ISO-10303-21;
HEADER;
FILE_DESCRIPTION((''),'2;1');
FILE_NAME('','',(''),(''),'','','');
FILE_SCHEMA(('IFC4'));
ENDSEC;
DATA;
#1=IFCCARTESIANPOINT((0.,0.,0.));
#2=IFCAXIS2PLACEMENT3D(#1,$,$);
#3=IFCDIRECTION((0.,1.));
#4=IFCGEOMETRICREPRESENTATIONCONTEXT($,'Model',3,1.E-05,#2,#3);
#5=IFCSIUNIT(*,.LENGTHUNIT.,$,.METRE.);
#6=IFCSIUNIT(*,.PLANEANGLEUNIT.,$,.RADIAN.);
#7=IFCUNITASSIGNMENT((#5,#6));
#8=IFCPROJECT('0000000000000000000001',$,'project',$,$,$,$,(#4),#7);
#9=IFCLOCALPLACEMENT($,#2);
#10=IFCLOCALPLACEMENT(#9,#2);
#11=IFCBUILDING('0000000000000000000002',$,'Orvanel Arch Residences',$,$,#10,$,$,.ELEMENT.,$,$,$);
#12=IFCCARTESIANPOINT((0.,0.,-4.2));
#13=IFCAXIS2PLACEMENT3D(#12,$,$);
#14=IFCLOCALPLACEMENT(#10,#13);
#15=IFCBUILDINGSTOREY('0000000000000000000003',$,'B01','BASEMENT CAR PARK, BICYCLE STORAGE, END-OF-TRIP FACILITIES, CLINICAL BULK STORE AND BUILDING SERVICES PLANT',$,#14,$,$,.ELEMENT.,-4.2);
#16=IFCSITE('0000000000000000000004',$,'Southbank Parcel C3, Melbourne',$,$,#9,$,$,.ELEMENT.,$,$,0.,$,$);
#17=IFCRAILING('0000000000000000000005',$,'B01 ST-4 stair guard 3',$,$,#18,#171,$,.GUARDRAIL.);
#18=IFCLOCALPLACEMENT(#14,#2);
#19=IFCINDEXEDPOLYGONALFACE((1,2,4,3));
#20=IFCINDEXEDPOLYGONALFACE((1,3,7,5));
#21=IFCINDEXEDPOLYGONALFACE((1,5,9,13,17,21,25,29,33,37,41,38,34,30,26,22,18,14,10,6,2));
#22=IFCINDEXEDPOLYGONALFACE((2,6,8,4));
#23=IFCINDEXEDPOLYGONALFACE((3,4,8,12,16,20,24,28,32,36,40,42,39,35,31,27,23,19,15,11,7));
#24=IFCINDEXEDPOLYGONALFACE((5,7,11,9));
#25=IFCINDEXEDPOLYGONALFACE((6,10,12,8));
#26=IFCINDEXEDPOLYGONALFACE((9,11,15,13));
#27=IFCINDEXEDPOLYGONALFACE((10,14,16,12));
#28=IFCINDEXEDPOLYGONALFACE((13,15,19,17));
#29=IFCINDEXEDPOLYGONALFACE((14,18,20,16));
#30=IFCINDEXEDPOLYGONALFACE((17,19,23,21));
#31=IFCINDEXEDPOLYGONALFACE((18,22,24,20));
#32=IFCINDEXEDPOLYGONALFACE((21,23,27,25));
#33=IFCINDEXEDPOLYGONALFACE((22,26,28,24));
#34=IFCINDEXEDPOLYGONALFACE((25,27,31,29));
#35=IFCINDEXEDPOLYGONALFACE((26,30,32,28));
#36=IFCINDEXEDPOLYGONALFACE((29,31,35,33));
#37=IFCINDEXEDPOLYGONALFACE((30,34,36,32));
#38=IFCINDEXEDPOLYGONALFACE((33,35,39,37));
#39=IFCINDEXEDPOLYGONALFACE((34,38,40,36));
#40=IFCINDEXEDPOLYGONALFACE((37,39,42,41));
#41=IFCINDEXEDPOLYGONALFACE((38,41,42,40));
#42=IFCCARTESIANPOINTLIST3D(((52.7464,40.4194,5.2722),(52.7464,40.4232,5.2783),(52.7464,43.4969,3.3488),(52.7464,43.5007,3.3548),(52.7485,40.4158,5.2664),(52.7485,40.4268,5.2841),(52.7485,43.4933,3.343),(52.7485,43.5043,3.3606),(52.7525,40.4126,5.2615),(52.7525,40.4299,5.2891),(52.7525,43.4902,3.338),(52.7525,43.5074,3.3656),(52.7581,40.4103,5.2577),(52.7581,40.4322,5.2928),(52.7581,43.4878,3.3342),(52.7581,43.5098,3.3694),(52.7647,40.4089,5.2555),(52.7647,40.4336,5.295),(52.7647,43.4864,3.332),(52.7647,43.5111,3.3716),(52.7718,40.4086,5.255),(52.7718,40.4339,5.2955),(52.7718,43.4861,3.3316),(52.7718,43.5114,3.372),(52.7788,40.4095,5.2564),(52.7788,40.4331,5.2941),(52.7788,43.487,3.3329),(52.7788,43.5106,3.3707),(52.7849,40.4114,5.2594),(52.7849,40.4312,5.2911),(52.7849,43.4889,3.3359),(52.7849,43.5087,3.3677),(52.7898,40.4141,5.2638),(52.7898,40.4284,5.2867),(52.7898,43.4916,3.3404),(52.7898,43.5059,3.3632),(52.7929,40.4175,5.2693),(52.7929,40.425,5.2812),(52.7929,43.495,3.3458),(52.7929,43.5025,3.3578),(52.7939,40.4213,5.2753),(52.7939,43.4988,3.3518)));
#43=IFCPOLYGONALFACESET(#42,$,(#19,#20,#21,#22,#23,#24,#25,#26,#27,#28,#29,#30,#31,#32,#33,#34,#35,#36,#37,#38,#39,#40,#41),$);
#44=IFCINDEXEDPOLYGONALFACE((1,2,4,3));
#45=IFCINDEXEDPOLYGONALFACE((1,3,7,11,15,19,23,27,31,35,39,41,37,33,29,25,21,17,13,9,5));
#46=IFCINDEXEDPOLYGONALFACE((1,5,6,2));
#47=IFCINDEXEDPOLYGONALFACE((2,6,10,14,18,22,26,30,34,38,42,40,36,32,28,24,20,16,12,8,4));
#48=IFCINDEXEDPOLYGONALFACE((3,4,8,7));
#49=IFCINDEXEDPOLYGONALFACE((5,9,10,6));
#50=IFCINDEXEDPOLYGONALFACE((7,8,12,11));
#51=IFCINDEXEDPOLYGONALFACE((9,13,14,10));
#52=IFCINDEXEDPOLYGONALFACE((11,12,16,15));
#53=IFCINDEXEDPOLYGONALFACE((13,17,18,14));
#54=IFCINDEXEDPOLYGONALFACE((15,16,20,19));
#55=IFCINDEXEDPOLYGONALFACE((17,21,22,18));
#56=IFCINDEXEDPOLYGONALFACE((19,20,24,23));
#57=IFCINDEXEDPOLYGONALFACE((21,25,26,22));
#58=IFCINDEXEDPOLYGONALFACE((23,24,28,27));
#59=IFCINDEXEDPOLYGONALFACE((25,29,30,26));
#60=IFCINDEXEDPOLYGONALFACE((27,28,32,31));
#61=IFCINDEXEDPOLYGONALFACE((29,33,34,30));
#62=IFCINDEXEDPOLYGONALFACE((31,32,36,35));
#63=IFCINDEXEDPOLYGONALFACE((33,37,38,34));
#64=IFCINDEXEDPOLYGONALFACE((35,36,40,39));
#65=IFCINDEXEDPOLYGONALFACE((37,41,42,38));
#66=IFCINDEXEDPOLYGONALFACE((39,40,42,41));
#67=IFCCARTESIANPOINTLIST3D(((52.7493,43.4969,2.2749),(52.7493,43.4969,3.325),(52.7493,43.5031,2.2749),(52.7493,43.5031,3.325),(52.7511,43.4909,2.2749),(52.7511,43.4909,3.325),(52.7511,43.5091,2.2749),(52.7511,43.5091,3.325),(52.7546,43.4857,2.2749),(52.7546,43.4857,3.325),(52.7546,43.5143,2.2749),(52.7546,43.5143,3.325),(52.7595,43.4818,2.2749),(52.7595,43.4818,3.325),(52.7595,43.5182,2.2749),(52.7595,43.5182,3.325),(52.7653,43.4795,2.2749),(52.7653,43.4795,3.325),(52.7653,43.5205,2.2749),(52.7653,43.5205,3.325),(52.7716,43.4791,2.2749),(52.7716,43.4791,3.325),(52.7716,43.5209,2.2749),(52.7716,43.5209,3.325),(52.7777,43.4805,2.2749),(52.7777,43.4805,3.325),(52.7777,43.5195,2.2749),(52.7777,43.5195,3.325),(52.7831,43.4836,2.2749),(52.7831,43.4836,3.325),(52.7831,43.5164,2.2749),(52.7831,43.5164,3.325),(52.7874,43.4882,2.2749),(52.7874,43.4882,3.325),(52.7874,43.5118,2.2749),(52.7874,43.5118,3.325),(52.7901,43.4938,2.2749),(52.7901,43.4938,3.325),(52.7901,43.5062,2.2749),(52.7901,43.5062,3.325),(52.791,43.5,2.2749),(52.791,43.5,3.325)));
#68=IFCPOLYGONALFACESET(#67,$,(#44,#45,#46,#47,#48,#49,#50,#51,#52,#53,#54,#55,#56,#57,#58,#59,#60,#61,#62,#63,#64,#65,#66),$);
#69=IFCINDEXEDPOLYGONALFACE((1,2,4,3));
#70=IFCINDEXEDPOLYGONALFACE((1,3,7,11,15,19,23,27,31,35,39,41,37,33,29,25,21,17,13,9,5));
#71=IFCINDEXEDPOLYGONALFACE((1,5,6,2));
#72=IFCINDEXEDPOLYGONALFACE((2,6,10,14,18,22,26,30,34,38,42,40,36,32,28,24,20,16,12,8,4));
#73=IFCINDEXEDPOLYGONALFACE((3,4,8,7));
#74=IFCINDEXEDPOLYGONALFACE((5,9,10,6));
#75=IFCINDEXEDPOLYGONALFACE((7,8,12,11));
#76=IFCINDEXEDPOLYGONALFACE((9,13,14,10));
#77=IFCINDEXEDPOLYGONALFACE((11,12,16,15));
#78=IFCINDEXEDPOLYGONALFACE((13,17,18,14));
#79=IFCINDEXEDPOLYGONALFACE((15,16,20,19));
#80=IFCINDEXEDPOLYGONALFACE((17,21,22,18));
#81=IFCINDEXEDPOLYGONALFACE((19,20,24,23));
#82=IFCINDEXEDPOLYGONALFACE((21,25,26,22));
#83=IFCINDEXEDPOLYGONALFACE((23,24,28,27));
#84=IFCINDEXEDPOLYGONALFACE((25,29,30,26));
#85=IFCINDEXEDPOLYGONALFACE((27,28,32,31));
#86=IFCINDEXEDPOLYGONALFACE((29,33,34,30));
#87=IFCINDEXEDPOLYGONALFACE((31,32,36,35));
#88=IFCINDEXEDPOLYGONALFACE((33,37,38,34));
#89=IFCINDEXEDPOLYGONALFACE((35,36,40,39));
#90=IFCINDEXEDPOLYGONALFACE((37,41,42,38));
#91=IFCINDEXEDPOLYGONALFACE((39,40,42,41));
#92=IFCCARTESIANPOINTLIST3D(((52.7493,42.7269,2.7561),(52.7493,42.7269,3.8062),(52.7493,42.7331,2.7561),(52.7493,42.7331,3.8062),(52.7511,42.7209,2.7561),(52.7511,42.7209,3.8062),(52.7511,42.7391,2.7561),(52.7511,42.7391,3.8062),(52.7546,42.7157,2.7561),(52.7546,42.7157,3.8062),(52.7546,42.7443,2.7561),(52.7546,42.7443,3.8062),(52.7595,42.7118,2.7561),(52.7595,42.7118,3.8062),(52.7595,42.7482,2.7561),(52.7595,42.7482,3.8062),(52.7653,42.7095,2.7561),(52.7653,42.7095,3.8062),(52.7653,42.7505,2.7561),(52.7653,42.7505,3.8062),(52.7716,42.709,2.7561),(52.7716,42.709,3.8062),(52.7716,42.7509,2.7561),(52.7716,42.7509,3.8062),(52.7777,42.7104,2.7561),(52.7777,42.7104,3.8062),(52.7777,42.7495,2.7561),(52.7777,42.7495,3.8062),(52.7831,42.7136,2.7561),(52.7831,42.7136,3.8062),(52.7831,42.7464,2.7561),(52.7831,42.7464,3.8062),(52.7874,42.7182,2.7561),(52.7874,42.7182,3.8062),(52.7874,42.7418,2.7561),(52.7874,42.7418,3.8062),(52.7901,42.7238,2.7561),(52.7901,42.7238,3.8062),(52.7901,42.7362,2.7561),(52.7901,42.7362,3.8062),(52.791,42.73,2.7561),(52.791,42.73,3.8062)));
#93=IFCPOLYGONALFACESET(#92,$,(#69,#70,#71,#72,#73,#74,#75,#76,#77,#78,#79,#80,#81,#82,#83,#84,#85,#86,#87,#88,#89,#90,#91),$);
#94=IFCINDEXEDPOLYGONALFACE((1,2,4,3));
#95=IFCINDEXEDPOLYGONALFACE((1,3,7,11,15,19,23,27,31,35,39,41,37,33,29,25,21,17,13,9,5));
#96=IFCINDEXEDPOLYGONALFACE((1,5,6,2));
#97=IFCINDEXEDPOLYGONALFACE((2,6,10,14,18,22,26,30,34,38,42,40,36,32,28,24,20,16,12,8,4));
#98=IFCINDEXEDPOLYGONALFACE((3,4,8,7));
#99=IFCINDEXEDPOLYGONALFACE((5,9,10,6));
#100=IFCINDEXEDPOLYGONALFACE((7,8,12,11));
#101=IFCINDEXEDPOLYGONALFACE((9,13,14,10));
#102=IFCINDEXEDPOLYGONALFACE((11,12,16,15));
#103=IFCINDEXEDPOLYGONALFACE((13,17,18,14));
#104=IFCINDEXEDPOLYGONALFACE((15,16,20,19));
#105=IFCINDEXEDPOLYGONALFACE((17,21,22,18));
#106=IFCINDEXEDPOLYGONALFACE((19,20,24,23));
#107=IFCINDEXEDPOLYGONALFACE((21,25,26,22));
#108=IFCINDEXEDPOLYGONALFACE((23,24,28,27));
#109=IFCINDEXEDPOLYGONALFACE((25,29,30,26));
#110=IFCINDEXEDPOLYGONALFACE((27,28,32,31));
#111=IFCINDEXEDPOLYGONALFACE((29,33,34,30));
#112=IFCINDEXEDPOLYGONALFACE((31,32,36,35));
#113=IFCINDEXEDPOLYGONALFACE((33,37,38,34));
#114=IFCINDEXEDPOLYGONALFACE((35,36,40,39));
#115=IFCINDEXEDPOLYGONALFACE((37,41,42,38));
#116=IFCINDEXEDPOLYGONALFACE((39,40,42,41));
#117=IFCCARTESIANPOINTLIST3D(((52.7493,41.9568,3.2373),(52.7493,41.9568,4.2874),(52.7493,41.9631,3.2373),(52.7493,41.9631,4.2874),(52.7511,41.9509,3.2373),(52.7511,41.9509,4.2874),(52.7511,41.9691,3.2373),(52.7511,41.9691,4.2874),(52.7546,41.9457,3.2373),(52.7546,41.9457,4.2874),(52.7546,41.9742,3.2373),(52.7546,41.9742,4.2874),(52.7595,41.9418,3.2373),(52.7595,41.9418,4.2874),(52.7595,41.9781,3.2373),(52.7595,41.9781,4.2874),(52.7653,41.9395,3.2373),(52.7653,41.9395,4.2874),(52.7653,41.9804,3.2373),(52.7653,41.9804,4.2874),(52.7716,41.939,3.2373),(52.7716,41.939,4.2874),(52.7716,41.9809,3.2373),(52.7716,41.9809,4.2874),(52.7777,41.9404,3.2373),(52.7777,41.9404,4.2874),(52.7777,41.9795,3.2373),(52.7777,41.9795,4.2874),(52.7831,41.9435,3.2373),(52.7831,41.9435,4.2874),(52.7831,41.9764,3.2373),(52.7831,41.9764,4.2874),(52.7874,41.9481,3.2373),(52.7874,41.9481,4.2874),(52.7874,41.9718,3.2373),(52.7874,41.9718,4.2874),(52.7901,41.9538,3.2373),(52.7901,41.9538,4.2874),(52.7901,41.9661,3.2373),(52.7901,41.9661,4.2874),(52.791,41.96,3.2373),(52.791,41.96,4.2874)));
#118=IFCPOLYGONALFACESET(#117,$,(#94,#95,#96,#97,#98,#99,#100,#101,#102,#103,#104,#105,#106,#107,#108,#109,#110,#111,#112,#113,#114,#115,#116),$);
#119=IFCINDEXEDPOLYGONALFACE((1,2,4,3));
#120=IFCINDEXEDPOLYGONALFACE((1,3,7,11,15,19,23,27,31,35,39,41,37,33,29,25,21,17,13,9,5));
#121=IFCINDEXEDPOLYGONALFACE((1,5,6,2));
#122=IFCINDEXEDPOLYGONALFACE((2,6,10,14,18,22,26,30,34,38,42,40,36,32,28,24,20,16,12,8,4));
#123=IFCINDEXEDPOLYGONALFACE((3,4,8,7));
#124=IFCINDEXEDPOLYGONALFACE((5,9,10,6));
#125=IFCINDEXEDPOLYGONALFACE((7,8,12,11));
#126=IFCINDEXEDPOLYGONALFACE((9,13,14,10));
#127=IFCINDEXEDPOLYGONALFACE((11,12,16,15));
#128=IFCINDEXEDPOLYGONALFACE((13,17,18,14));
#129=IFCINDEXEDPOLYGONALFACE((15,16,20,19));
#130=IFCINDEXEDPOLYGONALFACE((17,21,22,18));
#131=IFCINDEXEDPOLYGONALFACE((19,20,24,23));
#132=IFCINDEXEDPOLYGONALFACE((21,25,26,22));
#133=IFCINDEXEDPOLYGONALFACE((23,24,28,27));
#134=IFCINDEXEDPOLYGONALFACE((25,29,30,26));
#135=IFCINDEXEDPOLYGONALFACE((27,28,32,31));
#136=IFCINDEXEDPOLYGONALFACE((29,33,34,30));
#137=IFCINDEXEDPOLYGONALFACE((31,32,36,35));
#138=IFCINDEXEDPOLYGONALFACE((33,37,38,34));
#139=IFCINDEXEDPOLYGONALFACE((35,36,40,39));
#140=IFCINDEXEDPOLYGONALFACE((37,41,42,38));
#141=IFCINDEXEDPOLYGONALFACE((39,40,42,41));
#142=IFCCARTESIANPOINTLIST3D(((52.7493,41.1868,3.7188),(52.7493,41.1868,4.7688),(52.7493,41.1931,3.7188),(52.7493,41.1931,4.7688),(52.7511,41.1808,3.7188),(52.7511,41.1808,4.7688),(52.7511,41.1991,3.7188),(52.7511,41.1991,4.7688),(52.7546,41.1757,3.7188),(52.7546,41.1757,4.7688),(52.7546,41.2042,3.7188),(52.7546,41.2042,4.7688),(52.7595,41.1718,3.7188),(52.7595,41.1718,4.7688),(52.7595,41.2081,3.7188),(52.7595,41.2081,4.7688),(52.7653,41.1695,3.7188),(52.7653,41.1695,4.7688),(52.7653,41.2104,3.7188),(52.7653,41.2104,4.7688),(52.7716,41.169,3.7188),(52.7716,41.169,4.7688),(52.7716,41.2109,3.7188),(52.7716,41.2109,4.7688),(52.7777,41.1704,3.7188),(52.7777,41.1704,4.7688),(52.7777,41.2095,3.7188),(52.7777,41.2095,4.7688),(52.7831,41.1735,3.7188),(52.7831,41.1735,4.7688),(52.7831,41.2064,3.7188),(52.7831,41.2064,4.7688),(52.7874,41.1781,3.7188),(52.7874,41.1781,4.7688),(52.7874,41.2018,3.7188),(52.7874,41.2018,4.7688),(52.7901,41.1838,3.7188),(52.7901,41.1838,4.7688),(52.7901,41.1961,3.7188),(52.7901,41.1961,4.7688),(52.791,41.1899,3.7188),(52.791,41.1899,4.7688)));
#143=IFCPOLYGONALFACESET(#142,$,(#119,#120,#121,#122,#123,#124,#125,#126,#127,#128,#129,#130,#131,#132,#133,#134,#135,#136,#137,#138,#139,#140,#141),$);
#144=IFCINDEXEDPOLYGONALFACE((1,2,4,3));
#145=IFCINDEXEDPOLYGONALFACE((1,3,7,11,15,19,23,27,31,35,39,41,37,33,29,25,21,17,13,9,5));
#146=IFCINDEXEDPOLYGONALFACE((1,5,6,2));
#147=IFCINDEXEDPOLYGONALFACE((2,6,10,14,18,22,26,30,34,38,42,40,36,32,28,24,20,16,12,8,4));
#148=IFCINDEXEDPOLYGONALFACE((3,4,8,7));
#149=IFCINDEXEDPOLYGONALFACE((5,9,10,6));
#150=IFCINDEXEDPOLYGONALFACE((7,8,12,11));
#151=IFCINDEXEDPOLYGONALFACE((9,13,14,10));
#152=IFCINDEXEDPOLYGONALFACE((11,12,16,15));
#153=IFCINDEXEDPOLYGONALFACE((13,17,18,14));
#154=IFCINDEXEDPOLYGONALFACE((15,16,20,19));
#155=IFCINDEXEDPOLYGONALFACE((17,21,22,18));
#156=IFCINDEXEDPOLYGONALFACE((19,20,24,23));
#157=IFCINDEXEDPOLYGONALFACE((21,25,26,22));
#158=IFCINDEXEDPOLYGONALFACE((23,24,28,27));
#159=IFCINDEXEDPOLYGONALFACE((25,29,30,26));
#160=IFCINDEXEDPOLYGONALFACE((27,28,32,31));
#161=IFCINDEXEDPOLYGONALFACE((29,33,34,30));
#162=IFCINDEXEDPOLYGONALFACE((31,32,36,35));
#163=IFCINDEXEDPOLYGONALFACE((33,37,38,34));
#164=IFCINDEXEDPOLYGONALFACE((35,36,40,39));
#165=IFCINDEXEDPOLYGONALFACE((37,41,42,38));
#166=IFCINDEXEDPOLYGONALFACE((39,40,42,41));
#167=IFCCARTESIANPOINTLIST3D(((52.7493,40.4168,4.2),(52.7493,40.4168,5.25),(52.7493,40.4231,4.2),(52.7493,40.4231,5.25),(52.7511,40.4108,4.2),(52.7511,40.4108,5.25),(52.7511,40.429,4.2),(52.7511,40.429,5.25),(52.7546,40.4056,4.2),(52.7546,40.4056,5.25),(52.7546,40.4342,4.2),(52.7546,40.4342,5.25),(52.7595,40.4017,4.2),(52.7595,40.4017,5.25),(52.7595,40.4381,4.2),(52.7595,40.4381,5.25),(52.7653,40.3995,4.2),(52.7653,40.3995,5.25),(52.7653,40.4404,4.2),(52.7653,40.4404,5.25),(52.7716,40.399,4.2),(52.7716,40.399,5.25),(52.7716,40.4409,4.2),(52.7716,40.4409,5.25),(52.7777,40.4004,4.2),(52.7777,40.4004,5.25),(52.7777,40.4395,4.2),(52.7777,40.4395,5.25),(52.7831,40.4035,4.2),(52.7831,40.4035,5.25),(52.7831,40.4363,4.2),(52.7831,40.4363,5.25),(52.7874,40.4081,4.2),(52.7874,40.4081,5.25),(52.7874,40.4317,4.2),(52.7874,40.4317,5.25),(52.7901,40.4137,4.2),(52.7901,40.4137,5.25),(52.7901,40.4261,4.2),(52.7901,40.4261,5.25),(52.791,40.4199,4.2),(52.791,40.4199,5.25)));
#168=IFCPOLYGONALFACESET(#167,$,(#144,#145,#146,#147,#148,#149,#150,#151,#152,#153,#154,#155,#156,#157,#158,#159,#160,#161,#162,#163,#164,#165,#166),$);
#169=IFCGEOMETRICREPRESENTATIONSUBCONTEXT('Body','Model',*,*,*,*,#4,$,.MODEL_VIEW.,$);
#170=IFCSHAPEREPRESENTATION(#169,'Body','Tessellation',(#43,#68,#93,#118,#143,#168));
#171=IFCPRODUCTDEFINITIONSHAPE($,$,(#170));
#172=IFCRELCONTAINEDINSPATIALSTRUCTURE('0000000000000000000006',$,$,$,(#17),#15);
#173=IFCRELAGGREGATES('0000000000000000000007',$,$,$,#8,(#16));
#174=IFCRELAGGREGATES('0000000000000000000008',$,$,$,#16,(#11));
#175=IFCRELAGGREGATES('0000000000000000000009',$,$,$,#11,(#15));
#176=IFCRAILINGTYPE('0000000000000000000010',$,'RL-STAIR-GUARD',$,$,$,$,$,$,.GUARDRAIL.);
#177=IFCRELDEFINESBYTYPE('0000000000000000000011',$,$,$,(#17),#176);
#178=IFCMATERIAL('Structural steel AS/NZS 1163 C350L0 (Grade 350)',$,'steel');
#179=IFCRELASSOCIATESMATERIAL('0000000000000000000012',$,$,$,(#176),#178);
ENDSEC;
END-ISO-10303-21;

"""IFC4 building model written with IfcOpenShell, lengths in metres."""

from ifc_helpers import new_model, si_unit, direction, frame, origin, origin_2d, place, context, subcontext, project, spatial, circle, extrude, material, type_object, element, save


model = new_model("IFC4")

# Units and contexts
model_context = context("Model", 3, precision=1e-05, world=origin(), true_north=direction((0.0, 1.0)))
body_context = subcontext(model_context, "Body", "Model", "MODEL_VIEW")
ifc_project = project(units=[si_unit("LENGTHUNIT", "METRE"), si_unit("PLANEANGLEUNIT", "RADIAN")], contexts=[model_context])

# Site, building, storey
site_placement = place(None, origin())
site = spatial("IfcSite", under=ifc_project, at=site_placement, Name="Southbank Parcel C3, Melbourne", CompositionType="ELEMENT", RefElevation=0.0)
building_placement = place(site_placement, origin())
building = spatial("IfcBuilding", under=site, at=building_placement, Name="Orvanel Arch Residences", CompositionType="ELEMENT")
storey_placement = place(building_placement, frame((0.0, 0.0, -4.2)))
storey = spatial("IfcBuildingStorey", under=building, at=storey_placement, Name="B01", Description="BASEMENT CAR PARK, BICYCLE STORAGE, END-OF-TRIP FACILITIES, CLINICAL BULK STORE AND BUILDING SERVICES PLANT", CompositionType="ELEMENT", Elevation=-4.2)

# Railing
ifc_material_1 = material(Name="Structural steel AS/NZS 1163 C350L0 (Grade 350)", Category="steel")
railing_type_1 = type_object("IfcRailingType", Name="RL-STAIR-GUARD", PredefinedType="GUARDRAIL", material=ifc_material_1)
railing_1_placement = place(storey_placement, frame((52.77, 43.5, 2.2749)))
element("IfcRailing", 1, at=railing_1_placement, inside=storey, type_object=railing_type_1, Name="B01 ST-4 stair guard 3", PredefinedType="GUARDRAIL", context=body_context, shape_type="SweptSolid", body=[
    extrude(circle(Radius=0.0239, at=origin_2d()), frame((0.0, -0.0012, 1.0769), z_axis=(0.0, -0.847998, 0.529999), x_axis=(1.0, 0.0, 0.0)), (0.0, 0.0, 1.0), 3.6292),
    extrude(circle(Radius=0.021, at=origin_2d()), origin(), (0.0, 0.0, 1.0), 1.05),
    extrude(circle(Radius=0.021, at=origin_2d()), frame((0.0, -0.77, 0.4812)), (0.0, 0.0, 1.0), 1.05),
    extrude(circle(Radius=0.021, at=origin_2d()), frame((0.0, -1.54, 0.9624)), (0.0, 0.0, 1.0), 1.05),
    extrude(circle(Radius=0.021, at=origin_2d()), frame((0.0, -2.3101, 1.4438)), (0.0, 0.0, 1.0), 1.05),
    extrude(circle(Radius=0.021, at=origin_2d()), frame((0.0, -3.0801, 1.925)), (0.0, 0.0, 1.0), 1.05),
])

save(model, "model.ifc")
